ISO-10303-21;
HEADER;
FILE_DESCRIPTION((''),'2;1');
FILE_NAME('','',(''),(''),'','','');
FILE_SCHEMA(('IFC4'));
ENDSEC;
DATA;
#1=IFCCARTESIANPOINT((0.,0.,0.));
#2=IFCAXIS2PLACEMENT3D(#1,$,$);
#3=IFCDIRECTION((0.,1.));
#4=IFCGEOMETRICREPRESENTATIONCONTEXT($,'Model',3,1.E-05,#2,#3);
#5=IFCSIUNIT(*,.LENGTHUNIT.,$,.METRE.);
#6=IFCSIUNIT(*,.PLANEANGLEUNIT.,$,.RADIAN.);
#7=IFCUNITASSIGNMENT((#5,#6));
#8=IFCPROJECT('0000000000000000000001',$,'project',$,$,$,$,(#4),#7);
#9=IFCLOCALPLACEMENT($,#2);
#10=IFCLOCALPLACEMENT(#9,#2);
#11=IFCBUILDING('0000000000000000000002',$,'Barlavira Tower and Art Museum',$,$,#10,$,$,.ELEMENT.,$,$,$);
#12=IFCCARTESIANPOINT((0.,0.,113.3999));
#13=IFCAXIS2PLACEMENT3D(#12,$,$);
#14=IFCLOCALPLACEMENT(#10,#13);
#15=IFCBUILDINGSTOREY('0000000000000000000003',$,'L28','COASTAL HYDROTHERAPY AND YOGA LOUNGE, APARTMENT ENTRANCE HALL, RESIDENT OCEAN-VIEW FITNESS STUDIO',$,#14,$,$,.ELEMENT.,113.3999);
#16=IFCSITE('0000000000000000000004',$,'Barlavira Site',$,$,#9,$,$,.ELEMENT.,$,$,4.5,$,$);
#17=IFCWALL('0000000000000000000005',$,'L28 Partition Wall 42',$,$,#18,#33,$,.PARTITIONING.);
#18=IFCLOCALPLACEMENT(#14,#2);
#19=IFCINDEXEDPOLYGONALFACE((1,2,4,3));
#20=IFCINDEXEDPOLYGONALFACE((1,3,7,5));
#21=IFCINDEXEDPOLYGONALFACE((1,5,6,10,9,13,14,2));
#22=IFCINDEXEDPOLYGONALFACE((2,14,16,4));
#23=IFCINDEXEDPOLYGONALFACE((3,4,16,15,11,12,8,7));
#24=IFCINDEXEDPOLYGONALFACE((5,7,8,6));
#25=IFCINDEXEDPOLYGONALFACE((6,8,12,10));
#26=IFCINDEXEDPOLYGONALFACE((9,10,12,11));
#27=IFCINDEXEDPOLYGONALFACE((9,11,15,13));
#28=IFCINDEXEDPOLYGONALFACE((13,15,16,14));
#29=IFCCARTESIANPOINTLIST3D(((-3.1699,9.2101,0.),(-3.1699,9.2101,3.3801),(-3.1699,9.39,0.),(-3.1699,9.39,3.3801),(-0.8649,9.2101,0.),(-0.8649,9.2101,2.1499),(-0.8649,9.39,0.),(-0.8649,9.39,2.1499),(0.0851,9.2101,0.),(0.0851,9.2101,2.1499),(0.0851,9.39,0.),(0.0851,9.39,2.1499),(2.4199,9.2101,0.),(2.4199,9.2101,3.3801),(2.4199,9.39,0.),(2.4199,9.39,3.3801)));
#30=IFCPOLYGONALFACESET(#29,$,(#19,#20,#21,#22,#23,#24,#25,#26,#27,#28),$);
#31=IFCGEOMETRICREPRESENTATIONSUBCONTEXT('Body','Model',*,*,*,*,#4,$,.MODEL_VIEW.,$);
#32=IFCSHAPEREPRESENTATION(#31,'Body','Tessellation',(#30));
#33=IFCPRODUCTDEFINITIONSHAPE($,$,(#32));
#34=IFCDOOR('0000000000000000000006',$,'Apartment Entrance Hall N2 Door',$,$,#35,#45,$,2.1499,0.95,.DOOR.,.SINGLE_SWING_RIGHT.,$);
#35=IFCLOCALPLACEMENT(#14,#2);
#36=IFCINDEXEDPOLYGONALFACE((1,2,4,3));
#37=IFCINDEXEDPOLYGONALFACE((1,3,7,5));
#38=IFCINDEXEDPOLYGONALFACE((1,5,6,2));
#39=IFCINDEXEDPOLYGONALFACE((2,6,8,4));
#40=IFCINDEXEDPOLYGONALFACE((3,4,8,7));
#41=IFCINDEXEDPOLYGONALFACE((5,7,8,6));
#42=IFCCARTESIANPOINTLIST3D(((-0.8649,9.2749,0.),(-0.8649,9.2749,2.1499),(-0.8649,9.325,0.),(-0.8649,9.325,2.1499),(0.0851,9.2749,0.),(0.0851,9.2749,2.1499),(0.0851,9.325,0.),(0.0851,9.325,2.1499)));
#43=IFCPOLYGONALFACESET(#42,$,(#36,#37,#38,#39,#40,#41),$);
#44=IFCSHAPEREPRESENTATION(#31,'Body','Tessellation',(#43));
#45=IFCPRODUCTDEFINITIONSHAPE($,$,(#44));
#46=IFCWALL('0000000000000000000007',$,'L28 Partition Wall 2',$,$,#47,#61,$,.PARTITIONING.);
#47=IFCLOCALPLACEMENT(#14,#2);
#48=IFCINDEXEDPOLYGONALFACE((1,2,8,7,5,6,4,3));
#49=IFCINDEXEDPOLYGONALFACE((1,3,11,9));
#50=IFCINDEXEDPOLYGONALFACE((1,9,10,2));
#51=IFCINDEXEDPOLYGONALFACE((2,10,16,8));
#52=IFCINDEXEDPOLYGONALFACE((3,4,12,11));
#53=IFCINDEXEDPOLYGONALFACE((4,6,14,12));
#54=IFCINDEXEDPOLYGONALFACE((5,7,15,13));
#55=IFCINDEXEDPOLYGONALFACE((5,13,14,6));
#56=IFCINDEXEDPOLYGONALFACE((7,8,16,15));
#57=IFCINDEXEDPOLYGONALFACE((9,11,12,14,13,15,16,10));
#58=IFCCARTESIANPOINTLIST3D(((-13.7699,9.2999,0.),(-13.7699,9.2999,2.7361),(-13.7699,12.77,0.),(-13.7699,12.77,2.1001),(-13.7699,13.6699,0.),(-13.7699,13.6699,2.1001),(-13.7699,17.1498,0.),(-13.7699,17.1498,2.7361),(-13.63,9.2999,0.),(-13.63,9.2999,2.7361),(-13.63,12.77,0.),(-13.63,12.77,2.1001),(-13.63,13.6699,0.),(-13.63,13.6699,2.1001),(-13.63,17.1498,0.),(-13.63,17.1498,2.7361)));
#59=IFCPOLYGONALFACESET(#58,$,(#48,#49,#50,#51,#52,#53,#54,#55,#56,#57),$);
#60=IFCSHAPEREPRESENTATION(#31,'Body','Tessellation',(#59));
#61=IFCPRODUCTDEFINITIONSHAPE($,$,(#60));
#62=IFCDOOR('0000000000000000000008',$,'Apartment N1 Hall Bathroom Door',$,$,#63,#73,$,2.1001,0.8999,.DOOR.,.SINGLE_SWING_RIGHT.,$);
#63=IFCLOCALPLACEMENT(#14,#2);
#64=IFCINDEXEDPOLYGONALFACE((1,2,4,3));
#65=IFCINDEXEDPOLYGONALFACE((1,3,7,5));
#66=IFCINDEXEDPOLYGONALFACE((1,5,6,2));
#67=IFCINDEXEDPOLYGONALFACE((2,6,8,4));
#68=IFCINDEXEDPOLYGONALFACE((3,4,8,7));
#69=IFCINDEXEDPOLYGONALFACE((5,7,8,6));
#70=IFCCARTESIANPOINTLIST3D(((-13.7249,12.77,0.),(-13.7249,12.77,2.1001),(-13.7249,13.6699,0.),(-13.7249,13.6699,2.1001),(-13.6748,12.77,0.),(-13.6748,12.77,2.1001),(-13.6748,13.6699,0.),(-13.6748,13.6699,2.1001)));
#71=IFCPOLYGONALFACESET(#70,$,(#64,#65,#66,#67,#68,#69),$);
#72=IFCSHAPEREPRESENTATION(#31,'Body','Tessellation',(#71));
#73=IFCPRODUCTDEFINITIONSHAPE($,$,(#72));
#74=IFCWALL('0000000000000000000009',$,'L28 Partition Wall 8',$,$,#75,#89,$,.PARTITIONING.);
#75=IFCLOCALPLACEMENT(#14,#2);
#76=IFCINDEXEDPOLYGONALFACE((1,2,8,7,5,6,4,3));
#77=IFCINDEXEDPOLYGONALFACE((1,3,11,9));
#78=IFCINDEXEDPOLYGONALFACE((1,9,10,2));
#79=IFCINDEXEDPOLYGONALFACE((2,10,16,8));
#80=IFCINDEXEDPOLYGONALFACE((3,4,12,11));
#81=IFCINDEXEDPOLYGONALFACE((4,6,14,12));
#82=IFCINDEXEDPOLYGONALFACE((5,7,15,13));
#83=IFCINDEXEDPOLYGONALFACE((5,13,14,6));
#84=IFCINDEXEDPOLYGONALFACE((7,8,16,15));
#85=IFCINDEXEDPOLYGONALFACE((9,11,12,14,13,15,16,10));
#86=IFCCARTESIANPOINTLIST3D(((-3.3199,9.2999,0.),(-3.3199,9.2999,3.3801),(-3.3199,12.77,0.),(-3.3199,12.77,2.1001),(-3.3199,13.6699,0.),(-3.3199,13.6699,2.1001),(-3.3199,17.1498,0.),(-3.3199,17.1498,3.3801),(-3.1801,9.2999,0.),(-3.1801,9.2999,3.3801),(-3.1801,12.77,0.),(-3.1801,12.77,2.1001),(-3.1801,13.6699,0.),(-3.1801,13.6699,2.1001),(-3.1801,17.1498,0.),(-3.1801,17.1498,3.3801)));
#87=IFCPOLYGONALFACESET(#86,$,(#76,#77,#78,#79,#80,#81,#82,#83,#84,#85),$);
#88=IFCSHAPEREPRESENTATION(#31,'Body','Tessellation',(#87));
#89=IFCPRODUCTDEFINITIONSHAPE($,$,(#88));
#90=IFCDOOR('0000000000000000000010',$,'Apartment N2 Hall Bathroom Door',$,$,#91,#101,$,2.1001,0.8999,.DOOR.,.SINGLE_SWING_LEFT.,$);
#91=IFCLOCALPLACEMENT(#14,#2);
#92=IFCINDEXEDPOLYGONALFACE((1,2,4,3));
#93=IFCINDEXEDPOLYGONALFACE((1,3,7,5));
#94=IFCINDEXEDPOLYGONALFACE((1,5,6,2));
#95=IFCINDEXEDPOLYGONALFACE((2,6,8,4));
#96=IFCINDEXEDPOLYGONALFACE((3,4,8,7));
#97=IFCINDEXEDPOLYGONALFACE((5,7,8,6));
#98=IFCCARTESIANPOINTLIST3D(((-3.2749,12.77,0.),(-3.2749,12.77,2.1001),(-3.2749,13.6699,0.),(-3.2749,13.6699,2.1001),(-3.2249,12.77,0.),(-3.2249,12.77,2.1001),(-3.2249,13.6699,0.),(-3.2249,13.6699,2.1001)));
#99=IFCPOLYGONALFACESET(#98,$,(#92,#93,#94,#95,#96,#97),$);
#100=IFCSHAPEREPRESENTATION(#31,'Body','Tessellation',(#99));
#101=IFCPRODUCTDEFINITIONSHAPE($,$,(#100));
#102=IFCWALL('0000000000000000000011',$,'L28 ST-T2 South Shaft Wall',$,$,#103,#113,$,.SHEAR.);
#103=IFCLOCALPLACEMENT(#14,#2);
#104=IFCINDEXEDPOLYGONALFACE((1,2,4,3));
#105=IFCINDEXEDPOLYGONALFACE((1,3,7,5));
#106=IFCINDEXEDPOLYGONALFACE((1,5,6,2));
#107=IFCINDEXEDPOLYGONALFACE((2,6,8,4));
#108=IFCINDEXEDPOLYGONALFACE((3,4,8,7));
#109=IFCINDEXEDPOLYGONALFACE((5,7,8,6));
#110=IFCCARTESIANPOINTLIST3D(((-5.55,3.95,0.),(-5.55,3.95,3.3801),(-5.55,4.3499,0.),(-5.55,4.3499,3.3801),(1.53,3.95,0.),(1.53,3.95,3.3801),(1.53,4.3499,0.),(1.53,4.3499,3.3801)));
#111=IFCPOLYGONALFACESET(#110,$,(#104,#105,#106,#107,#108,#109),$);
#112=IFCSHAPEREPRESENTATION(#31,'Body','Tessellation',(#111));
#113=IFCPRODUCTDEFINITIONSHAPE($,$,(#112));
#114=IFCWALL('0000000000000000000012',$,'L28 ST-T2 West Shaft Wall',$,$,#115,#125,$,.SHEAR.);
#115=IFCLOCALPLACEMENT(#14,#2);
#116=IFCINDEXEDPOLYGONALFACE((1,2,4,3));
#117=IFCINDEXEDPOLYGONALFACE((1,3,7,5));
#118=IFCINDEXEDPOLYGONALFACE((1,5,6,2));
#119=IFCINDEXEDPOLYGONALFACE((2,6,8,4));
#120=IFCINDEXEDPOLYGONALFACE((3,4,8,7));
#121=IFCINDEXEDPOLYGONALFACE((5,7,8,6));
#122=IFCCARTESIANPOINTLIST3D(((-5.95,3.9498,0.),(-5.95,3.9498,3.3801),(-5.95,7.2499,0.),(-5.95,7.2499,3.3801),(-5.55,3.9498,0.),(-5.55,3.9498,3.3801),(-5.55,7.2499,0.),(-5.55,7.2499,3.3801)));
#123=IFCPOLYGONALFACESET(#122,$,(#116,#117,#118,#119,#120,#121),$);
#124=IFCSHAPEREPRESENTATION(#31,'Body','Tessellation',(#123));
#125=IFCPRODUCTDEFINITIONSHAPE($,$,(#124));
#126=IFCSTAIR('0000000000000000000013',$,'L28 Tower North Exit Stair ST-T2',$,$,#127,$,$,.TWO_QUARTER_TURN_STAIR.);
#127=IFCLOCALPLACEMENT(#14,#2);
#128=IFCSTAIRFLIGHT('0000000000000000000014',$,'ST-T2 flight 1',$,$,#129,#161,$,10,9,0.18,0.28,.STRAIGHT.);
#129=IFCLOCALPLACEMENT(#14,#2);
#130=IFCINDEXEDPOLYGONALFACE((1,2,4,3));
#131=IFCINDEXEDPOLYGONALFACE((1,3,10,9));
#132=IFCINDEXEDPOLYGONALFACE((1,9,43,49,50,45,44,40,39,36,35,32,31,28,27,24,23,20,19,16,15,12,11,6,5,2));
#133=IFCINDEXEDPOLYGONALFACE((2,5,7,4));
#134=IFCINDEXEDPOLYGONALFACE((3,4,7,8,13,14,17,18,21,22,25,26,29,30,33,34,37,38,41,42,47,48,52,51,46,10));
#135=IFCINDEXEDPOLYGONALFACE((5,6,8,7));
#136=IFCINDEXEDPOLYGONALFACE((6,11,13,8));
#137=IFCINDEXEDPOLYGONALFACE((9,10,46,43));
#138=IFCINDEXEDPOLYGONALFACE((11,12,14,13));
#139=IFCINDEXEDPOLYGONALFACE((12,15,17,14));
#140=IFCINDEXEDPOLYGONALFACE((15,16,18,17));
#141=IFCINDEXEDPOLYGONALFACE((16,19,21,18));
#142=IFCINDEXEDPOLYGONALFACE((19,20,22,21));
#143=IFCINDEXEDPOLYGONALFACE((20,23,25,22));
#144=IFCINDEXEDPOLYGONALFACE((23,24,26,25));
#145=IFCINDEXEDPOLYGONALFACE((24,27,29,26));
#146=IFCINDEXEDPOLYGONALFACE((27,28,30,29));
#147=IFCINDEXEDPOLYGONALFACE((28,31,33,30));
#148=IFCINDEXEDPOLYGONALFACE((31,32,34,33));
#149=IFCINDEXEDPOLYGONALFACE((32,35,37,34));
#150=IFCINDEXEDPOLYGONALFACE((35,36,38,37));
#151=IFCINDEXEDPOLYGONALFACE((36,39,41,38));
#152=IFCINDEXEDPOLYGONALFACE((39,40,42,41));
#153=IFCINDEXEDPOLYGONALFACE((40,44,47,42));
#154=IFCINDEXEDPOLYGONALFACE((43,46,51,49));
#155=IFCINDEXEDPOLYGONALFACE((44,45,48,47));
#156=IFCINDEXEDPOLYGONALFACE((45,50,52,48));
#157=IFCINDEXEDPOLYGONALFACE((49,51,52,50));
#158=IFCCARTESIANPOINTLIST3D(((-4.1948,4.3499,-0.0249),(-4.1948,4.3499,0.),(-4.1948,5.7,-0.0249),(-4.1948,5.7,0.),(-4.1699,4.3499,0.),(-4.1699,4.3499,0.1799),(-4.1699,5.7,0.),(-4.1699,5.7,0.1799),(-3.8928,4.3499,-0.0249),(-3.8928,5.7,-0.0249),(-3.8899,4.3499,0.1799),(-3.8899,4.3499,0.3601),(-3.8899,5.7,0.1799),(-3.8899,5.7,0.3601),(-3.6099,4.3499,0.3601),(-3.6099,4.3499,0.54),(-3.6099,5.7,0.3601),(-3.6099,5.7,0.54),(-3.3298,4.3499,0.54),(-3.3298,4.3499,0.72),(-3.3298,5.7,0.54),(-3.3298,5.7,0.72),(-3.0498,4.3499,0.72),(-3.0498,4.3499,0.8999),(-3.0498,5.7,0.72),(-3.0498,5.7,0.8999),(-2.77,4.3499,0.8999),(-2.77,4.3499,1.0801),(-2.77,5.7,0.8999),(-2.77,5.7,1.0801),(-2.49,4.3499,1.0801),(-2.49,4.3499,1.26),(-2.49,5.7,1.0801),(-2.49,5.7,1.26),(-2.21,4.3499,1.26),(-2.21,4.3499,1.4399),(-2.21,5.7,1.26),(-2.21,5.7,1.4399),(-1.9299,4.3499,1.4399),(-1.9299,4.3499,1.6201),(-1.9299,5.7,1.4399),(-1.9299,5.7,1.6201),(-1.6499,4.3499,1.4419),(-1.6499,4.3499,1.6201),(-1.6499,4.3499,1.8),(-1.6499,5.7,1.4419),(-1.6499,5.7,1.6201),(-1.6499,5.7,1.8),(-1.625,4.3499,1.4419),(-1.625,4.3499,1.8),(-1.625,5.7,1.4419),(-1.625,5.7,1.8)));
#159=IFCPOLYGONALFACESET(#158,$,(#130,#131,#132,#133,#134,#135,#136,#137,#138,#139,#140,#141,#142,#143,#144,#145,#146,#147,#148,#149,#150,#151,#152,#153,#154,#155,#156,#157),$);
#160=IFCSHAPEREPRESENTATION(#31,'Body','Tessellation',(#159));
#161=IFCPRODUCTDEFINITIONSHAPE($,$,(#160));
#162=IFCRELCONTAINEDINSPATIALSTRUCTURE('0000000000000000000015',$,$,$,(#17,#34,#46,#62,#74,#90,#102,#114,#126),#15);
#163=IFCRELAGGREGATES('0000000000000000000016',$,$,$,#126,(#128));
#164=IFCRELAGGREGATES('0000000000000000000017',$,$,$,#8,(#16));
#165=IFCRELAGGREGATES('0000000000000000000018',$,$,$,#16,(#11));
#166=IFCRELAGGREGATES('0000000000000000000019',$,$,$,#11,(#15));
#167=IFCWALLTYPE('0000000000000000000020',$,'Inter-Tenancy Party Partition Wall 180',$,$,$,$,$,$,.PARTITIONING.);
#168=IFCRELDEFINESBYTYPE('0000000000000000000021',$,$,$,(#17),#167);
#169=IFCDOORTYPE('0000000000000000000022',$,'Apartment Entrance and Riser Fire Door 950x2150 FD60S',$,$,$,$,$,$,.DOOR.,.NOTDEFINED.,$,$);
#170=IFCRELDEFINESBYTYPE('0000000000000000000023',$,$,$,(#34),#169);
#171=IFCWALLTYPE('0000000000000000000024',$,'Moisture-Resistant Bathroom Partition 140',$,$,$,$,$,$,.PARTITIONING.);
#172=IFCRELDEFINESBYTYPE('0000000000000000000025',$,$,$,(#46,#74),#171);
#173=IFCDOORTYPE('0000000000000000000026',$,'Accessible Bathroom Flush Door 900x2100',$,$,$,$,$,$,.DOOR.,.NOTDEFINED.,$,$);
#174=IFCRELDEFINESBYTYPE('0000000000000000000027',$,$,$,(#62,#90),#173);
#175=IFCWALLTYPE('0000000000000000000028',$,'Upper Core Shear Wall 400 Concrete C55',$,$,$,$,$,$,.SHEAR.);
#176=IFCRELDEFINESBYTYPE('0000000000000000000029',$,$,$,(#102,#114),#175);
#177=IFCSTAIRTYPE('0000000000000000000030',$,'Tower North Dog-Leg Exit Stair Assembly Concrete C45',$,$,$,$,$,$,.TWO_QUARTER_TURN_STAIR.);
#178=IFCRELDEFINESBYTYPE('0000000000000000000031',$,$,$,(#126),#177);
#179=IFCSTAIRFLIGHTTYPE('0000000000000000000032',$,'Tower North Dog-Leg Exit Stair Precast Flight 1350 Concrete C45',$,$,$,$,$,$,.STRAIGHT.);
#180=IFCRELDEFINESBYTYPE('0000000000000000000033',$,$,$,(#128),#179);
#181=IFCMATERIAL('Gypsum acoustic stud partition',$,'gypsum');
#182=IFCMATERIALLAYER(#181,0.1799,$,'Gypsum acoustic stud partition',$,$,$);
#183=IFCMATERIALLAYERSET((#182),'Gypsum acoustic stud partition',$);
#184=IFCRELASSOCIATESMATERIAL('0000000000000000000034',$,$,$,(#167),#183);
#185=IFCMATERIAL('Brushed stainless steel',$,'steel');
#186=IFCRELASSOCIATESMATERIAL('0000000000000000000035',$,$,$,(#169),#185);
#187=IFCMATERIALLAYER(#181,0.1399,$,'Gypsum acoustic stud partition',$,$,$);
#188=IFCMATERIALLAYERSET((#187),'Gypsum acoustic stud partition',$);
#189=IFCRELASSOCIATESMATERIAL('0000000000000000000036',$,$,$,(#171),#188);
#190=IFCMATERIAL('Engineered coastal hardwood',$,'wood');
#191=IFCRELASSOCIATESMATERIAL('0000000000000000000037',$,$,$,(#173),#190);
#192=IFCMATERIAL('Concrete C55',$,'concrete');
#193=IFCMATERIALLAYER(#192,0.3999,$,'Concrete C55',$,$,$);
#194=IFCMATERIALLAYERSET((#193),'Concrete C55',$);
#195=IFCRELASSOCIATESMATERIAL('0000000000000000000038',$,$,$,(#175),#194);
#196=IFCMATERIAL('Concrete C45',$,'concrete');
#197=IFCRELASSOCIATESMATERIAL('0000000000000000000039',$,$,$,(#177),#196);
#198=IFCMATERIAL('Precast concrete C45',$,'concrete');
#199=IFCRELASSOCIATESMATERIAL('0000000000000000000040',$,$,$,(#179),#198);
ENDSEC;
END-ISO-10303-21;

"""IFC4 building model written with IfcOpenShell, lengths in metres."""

from ifc_helpers import new_model, si_unit, direction, frame, frame_2d, origin, place, context, subcontext, project, spatial, polyline, rectangle, outline, extrude, material, layer, layer_set, type_object, element, fill, aggregate, save


model = new_model("IFC4")

# Units and contexts
model_context = context("Model", 3, precision=1e-05, world=origin(), true_north=direction((0.0, 1.0)))
body_context = subcontext(model_context, "Body", "Model", "MODEL_VIEW")
ifc_project = project(units=[si_unit("LENGTHUNIT", "METRE"), si_unit("PLANEANGLEUNIT", "RADIAN")], contexts=[model_context])

# Site, building, storey
site_placement = place(None, origin())
site = spatial("IfcSite", under=ifc_project, at=site_placement, Name="Barlavira Site", CompositionType="ELEMENT", RefElevation=4.5)
building_placement = place(site_placement, origin())
building = spatial("IfcBuilding", under=site, at=building_placement, Name="Barlavira Tower and Art Museum", CompositionType="ELEMENT")
storey_placement = place(building_placement, frame((0.0, 0.0, 113.3999)))
storey = spatial("IfcBuildingStorey", under=building, at=storey_placement, Name="L28", Description="COASTAL HYDROTHERAPY AND YOGA LOUNGE, APARTMENT ENTRANCE HALL, RESIDENT OCEAN-VIEW FITNESS STUDIO", CompositionType="ELEMENT", Elevation=113.3999)

# Shared definitions
ifc_material_1 = material(Name="Gypsum acoustic stud partition", Category="gypsum")
ifc_material_2 = material(Name="Engineered coastal hardwood", Category="wood")
ifc_material_3 = material(Name="Brushed stainless steel", Category="steel")

# Shared definitions
ifc_layer_1 = layer(ifc_material_1, 0.1799, Name="Gypsum acoustic stud partition")
ifc_layer_set_1 = layer_set([ifc_layer_1], Name="Gypsum acoustic stud partition")
wall_type_1 = type_object("IfcWallType", Name="Inter-Tenancy Party Partition Wall 180", PredefinedType="PARTITIONING", material=ifc_layer_set_1)

# Shared definitions
door_type_1 = type_object("IfcDoorType", Name="Apartment Entrance and Riser Fire Door 950x2150 FD60S", OperationType="NOTDEFINED", PredefinedType="DOOR", material=ifc_material_3)

# Walls, openings, doors
wall_1_placement = place(storey_placement, frame((-3.1699, 9.3, 0.0), z_axis=(0.0, 0.0, 1.0), x_axis=(1.0, 0.0, 0.0)))
wall_1 = element("IfcWall", 1, at=wall_1_placement, inside=storey, type_object=wall_type_1, Name="L28 Partition Wall 42", PredefinedType="PARTITIONING", context=body_context, shape_type="SweptSolid", body=[
    extrude(rectangle(XDim=5.5898, YDim=0.1799, at=frame_2d((2.7949, 0.0))), origin(), (0.0, 0.0, 1.0), 3.3801),
])
opening_1_placement = place(wall_1_placement, frame((2.3049, 0.0, 0.0)))
opening_1 = element("IfcOpeningElement", 2, at=opening_1_placement, cuts=wall_1, PredefinedType="OPENING", context=body_context, shape_type="SweptSolid", body=[
    extrude(rectangle(XDim=0.95, YDim=2.1499, at=frame_2d((0.4751, 1.075))), frame((0.0, 0.1001, 0.0), z_axis=(0.0, -1.0, 0.0), x_axis=(1.0, 0.0, 0.0)), (0.0, 0.0, 1.0), 0.2),
])
door_1_placement = place(opening_1_placement, origin())
door_1 = element("IfcDoor", 3, at=door_1_placement, inside=storey, type_object=door_type_1, Name="Apartment Entrance Hall N2 Door", OperationType="SINGLE_SWING_RIGHT", OverallHeight=2.1499, OverallWidth=0.95, PredefinedType="DOOR", context=body_context, shape_type="SweptSolid", body=[
    extrude(rectangle(XDim=0.95, YDim=2.1499, at=frame_2d((0.4751, 1.075))), frame((0.0, 0.0249, 0.0), z_axis=(0.0, -1.0, 0.0), x_axis=(1.0, 0.0, 0.0)), (0.0, 0.0, 1.0), 0.05),
])
fill(opening_1, door_1)
ifc_layer_2 = layer(ifc_material_1, 0.1399, Name="Gypsum acoustic stud partition")
ifc_layer_set_2 = layer_set([ifc_layer_2], Name="Gypsum acoustic stud partition")
wall_type_2 = type_object("IfcWallType", Name="Moisture-Resistant Bathroom Partition 140", PredefinedType="PARTITIONING", material=ifc_layer_set_2)
wall_2_placement = place(storey_placement, frame((-13.7, 9.3, 0.0), z_axis=(0.0, 0.0, 1.0), x_axis=(0.0, 1.0, 0.0)))
wall_2 = element("IfcWall", 4, at=wall_2_placement, inside=storey, type_object=wall_type_2, Name="L28 Partition Wall 2", PredefinedType="PARTITIONING", context=body_context, shape_type="SweptSolid", body=[
    extrude(rectangle(XDim=7.8499, YDim=0.1399, at=frame_2d((3.9248, 0.0))), origin(), (0.0, 0.0, 1.0), 2.7361),
])
opening_2_placement = place(wall_2_placement, frame((3.47, 0.0, 0.0)))
opening_2 = element("IfcOpeningElement", 5, at=opening_2_placement, cuts=wall_2, PredefinedType="OPENING", context=body_context, shape_type="SweptSolid", body=[
    extrude(rectangle(XDim=0.8999, YDim=2.1001, at=frame_2d((0.45, 1.05))), frame((0.0, 0.0801, 0.0), z_axis=(0.0, -1.0, 0.0), x_axis=(1.0, 0.0, 0.0)), (0.0, 0.0, 1.0), 0.1599),
])
door_type_2 = type_object("IfcDoorType", Name="Accessible Bathroom Flush Door 900x2100", OperationType="NOTDEFINED", PredefinedType="DOOR", material=ifc_material_2)
door_2_placement = place(opening_2_placement, origin())
door_2 = element("IfcDoor", 6, at=door_2_placement, inside=storey, type_object=door_type_2, Name="Apartment N1 Hall Bathroom Door", OperationType="SINGLE_SWING_RIGHT", OverallHeight=2.1001, OverallWidth=0.8999, PredefinedType="DOOR", context=body_context, shape_type="SweptSolid", body=[
    extrude(rectangle(XDim=0.8999, YDim=2.1001, at=frame_2d((0.45, 1.05))), frame((0.0, 0.0249, 0.0), z_axis=(0.0, -1.0, 0.0), x_axis=(1.0, 0.0, 0.0)), (0.0, 0.0, 1.0), 0.05),
])
fill(opening_2, door_2)
wall_3_placement = place(storey_placement, frame((-3.25, 9.3, 0.0), z_axis=(0.0, 0.0, 1.0), x_axis=(0.0, 1.0, 0.0)))
wall_3 = element("IfcWall", 7, at=wall_3_placement, inside=storey, type_object=wall_type_2, Name="L28 Partition Wall 8", PredefinedType="PARTITIONING", context=body_context, shape_type="SweptSolid", body=[
    extrude(rectangle(XDim=7.8499, YDim=0.1399, at=frame_2d((3.9248, 0.0))), origin(), (0.0, 0.0, 1.0), 3.3801),
])
opening_3_placement = place(wall_3_placement, frame((3.47, 0.0, 0.0)))
opening_3 = element("IfcOpeningElement", 8, at=opening_3_placement, cuts=wall_3, PredefinedType="OPENING", context=body_context, shape_type="SweptSolid", body=[
    extrude(rectangle(XDim=0.8999, YDim=2.1001, at=frame_2d((0.45, 1.05))), frame((0.0, 0.0801, 0.0), z_axis=(0.0, -1.0, 0.0), x_axis=(1.0, 0.0, 0.0)), (0.0, 0.0, 1.0), 0.1599),
])
door_3_placement = place(opening_3_placement, origin())
door_3 = element("IfcDoor", 9, at=door_3_placement, inside=storey, type_object=door_type_2, Name="Apartment N2 Hall Bathroom Door", OperationType="SINGLE_SWING_LEFT", OverallHeight=2.1001, OverallWidth=0.8999, PredefinedType="DOOR", context=body_context, shape_type="SweptSolid", body=[
    extrude(rectangle(XDim=0.8999, YDim=2.1001, at=frame_2d((0.45, 1.05))), frame((0.0, 0.0249, 0.0), z_axis=(0.0, -1.0, 0.0), x_axis=(1.0, 0.0, 0.0)), (0.0, 0.0, 1.0), 0.05),
])
fill(opening_3, door_3)

# Walls
ifc_material_4 = material(Name="Concrete C55", Category="concrete")
ifc_layer_3 = layer(ifc_material_4, 0.3999, Name="Concrete C55")
ifc_layer_set_3 = layer_set([ifc_layer_3], Name="Concrete C55")
wall_type_3 = type_object("IfcWallType", Name="Upper Core Shear Wall 400 Concrete C55", PredefinedType="SHEAR", material=ifc_layer_set_3)
wall_4_placement = place(storey_placement, frame((-5.55, 4.1499, 0.0), z_axis=(0.0, 0.0, 1.0), x_axis=(1.0, 0.0, 0.0)))
element("IfcWall", 10, at=wall_4_placement, inside=storey, type_object=wall_type_3, Name="L28 ST-T2 South Shaft Wall", PredefinedType="SHEAR", context=body_context, shape_type="SweptSolid", body=[
    extrude(rectangle(XDim=7.0801, YDim=0.3999, at=frame_2d((3.54, 0.0))), origin(), (0.0, 0.0, 1.0), 3.3801),
])
wall_5_placement = place(storey_placement, frame((-5.75, 3.95, 0.0), z_axis=(0.0, 0.0, 1.0), x_axis=(0.0, 1.0, 0.0)))
element("IfcWall", 11, at=wall_5_placement, inside=storey, type_object=wall_type_3, Name="L28 ST-T2 West Shaft Wall", PredefinedType="SHEAR", context=body_context, shape_type="SweptSolid", body=[
    extrude(rectangle(XDim=3.3, YDim=0.3999, at=frame_2d((1.6499, 0.0))), origin(), (0.0, 0.0, 1.0), 3.3801),
])

# Stair, stair flight
ifc_material_5 = material(Name="Concrete C45", Category="concrete")
stair_type = type_object("IfcStairType", Name="Tower North Dog-Leg Exit Stair Assembly Concrete C45", PredefinedType="TWO_QUARTER_TURN_STAIR", material=ifc_material_5)
stair_placement = place(storey_placement, origin())
stair = element("IfcStair", 12, at=stair_placement, inside=storey, type_object=stair_type, Name="L28 Tower North Exit Stair ST-T2", PredefinedType="TWO_QUARTER_TURN_STAIR")
ifc_material_6 = material(Name="Precast concrete C45", Category="concrete")
stair_flight_type = type_object("IfcStairFlightType", Name="Tower North Dog-Leg Exit Stair Precast Flight 1350 Concrete C45", PredefinedType="STRAIGHT", material=ifc_material_6)
stair_flight_placement = place(storey_placement, frame((-4.1699, 5.0249, 0.0), z_axis=(0.0, 0.0, 1.0), x_axis=(1.0, 0.0, 0.0)))
stair_flight = element("IfcStairFlight", 13, at=stair_flight_placement, type_object=stair_flight_type, Name="ST-T2 flight 1", NumberOfRisers=10, NumberOfTreads=9, PredefinedType="STRAIGHT", RiserHeight=0.18, TreadLength=0.28, context=body_context, shape_type="SweptSolid", body=[
    extrude(outline(polyline([(-0.0249, 0.0), (0.0, 0.0), (0.0, 0.1799), (0.28, 0.1799), (0.28, 0.3601), (0.5601, 0.3601), (0.5601, 0.54), (0.8401, 0.54), (0.8401, 0.72), (1.1201, 0.72), (1.1201, 0.8999), (1.3999, 0.8999), (1.3999, 1.0801), (1.6799, 1.0801), (1.6799, 1.26), (1.96, 1.26), (1.96, 1.4399), (2.24, 1.4399), (2.24, 1.6201), (2.52, 1.6201), (2.52, 1.8), (2.5449, 1.8), (2.5449, 1.4419), (2.52, 1.4419), (0.2771, -0.0249), (-0.0249, -0.0249), (-0.0249, 0.0)])), frame((0.0, 0.675, 0.0), z_axis=(0.0, -1.0, 0.0), x_axis=(1.0, 0.0, 0.0)), (0.0, 0.0, 1.0), 1.3501),
])
aggregate(stair, [stair_flight])

save(model, "model.ifc")
